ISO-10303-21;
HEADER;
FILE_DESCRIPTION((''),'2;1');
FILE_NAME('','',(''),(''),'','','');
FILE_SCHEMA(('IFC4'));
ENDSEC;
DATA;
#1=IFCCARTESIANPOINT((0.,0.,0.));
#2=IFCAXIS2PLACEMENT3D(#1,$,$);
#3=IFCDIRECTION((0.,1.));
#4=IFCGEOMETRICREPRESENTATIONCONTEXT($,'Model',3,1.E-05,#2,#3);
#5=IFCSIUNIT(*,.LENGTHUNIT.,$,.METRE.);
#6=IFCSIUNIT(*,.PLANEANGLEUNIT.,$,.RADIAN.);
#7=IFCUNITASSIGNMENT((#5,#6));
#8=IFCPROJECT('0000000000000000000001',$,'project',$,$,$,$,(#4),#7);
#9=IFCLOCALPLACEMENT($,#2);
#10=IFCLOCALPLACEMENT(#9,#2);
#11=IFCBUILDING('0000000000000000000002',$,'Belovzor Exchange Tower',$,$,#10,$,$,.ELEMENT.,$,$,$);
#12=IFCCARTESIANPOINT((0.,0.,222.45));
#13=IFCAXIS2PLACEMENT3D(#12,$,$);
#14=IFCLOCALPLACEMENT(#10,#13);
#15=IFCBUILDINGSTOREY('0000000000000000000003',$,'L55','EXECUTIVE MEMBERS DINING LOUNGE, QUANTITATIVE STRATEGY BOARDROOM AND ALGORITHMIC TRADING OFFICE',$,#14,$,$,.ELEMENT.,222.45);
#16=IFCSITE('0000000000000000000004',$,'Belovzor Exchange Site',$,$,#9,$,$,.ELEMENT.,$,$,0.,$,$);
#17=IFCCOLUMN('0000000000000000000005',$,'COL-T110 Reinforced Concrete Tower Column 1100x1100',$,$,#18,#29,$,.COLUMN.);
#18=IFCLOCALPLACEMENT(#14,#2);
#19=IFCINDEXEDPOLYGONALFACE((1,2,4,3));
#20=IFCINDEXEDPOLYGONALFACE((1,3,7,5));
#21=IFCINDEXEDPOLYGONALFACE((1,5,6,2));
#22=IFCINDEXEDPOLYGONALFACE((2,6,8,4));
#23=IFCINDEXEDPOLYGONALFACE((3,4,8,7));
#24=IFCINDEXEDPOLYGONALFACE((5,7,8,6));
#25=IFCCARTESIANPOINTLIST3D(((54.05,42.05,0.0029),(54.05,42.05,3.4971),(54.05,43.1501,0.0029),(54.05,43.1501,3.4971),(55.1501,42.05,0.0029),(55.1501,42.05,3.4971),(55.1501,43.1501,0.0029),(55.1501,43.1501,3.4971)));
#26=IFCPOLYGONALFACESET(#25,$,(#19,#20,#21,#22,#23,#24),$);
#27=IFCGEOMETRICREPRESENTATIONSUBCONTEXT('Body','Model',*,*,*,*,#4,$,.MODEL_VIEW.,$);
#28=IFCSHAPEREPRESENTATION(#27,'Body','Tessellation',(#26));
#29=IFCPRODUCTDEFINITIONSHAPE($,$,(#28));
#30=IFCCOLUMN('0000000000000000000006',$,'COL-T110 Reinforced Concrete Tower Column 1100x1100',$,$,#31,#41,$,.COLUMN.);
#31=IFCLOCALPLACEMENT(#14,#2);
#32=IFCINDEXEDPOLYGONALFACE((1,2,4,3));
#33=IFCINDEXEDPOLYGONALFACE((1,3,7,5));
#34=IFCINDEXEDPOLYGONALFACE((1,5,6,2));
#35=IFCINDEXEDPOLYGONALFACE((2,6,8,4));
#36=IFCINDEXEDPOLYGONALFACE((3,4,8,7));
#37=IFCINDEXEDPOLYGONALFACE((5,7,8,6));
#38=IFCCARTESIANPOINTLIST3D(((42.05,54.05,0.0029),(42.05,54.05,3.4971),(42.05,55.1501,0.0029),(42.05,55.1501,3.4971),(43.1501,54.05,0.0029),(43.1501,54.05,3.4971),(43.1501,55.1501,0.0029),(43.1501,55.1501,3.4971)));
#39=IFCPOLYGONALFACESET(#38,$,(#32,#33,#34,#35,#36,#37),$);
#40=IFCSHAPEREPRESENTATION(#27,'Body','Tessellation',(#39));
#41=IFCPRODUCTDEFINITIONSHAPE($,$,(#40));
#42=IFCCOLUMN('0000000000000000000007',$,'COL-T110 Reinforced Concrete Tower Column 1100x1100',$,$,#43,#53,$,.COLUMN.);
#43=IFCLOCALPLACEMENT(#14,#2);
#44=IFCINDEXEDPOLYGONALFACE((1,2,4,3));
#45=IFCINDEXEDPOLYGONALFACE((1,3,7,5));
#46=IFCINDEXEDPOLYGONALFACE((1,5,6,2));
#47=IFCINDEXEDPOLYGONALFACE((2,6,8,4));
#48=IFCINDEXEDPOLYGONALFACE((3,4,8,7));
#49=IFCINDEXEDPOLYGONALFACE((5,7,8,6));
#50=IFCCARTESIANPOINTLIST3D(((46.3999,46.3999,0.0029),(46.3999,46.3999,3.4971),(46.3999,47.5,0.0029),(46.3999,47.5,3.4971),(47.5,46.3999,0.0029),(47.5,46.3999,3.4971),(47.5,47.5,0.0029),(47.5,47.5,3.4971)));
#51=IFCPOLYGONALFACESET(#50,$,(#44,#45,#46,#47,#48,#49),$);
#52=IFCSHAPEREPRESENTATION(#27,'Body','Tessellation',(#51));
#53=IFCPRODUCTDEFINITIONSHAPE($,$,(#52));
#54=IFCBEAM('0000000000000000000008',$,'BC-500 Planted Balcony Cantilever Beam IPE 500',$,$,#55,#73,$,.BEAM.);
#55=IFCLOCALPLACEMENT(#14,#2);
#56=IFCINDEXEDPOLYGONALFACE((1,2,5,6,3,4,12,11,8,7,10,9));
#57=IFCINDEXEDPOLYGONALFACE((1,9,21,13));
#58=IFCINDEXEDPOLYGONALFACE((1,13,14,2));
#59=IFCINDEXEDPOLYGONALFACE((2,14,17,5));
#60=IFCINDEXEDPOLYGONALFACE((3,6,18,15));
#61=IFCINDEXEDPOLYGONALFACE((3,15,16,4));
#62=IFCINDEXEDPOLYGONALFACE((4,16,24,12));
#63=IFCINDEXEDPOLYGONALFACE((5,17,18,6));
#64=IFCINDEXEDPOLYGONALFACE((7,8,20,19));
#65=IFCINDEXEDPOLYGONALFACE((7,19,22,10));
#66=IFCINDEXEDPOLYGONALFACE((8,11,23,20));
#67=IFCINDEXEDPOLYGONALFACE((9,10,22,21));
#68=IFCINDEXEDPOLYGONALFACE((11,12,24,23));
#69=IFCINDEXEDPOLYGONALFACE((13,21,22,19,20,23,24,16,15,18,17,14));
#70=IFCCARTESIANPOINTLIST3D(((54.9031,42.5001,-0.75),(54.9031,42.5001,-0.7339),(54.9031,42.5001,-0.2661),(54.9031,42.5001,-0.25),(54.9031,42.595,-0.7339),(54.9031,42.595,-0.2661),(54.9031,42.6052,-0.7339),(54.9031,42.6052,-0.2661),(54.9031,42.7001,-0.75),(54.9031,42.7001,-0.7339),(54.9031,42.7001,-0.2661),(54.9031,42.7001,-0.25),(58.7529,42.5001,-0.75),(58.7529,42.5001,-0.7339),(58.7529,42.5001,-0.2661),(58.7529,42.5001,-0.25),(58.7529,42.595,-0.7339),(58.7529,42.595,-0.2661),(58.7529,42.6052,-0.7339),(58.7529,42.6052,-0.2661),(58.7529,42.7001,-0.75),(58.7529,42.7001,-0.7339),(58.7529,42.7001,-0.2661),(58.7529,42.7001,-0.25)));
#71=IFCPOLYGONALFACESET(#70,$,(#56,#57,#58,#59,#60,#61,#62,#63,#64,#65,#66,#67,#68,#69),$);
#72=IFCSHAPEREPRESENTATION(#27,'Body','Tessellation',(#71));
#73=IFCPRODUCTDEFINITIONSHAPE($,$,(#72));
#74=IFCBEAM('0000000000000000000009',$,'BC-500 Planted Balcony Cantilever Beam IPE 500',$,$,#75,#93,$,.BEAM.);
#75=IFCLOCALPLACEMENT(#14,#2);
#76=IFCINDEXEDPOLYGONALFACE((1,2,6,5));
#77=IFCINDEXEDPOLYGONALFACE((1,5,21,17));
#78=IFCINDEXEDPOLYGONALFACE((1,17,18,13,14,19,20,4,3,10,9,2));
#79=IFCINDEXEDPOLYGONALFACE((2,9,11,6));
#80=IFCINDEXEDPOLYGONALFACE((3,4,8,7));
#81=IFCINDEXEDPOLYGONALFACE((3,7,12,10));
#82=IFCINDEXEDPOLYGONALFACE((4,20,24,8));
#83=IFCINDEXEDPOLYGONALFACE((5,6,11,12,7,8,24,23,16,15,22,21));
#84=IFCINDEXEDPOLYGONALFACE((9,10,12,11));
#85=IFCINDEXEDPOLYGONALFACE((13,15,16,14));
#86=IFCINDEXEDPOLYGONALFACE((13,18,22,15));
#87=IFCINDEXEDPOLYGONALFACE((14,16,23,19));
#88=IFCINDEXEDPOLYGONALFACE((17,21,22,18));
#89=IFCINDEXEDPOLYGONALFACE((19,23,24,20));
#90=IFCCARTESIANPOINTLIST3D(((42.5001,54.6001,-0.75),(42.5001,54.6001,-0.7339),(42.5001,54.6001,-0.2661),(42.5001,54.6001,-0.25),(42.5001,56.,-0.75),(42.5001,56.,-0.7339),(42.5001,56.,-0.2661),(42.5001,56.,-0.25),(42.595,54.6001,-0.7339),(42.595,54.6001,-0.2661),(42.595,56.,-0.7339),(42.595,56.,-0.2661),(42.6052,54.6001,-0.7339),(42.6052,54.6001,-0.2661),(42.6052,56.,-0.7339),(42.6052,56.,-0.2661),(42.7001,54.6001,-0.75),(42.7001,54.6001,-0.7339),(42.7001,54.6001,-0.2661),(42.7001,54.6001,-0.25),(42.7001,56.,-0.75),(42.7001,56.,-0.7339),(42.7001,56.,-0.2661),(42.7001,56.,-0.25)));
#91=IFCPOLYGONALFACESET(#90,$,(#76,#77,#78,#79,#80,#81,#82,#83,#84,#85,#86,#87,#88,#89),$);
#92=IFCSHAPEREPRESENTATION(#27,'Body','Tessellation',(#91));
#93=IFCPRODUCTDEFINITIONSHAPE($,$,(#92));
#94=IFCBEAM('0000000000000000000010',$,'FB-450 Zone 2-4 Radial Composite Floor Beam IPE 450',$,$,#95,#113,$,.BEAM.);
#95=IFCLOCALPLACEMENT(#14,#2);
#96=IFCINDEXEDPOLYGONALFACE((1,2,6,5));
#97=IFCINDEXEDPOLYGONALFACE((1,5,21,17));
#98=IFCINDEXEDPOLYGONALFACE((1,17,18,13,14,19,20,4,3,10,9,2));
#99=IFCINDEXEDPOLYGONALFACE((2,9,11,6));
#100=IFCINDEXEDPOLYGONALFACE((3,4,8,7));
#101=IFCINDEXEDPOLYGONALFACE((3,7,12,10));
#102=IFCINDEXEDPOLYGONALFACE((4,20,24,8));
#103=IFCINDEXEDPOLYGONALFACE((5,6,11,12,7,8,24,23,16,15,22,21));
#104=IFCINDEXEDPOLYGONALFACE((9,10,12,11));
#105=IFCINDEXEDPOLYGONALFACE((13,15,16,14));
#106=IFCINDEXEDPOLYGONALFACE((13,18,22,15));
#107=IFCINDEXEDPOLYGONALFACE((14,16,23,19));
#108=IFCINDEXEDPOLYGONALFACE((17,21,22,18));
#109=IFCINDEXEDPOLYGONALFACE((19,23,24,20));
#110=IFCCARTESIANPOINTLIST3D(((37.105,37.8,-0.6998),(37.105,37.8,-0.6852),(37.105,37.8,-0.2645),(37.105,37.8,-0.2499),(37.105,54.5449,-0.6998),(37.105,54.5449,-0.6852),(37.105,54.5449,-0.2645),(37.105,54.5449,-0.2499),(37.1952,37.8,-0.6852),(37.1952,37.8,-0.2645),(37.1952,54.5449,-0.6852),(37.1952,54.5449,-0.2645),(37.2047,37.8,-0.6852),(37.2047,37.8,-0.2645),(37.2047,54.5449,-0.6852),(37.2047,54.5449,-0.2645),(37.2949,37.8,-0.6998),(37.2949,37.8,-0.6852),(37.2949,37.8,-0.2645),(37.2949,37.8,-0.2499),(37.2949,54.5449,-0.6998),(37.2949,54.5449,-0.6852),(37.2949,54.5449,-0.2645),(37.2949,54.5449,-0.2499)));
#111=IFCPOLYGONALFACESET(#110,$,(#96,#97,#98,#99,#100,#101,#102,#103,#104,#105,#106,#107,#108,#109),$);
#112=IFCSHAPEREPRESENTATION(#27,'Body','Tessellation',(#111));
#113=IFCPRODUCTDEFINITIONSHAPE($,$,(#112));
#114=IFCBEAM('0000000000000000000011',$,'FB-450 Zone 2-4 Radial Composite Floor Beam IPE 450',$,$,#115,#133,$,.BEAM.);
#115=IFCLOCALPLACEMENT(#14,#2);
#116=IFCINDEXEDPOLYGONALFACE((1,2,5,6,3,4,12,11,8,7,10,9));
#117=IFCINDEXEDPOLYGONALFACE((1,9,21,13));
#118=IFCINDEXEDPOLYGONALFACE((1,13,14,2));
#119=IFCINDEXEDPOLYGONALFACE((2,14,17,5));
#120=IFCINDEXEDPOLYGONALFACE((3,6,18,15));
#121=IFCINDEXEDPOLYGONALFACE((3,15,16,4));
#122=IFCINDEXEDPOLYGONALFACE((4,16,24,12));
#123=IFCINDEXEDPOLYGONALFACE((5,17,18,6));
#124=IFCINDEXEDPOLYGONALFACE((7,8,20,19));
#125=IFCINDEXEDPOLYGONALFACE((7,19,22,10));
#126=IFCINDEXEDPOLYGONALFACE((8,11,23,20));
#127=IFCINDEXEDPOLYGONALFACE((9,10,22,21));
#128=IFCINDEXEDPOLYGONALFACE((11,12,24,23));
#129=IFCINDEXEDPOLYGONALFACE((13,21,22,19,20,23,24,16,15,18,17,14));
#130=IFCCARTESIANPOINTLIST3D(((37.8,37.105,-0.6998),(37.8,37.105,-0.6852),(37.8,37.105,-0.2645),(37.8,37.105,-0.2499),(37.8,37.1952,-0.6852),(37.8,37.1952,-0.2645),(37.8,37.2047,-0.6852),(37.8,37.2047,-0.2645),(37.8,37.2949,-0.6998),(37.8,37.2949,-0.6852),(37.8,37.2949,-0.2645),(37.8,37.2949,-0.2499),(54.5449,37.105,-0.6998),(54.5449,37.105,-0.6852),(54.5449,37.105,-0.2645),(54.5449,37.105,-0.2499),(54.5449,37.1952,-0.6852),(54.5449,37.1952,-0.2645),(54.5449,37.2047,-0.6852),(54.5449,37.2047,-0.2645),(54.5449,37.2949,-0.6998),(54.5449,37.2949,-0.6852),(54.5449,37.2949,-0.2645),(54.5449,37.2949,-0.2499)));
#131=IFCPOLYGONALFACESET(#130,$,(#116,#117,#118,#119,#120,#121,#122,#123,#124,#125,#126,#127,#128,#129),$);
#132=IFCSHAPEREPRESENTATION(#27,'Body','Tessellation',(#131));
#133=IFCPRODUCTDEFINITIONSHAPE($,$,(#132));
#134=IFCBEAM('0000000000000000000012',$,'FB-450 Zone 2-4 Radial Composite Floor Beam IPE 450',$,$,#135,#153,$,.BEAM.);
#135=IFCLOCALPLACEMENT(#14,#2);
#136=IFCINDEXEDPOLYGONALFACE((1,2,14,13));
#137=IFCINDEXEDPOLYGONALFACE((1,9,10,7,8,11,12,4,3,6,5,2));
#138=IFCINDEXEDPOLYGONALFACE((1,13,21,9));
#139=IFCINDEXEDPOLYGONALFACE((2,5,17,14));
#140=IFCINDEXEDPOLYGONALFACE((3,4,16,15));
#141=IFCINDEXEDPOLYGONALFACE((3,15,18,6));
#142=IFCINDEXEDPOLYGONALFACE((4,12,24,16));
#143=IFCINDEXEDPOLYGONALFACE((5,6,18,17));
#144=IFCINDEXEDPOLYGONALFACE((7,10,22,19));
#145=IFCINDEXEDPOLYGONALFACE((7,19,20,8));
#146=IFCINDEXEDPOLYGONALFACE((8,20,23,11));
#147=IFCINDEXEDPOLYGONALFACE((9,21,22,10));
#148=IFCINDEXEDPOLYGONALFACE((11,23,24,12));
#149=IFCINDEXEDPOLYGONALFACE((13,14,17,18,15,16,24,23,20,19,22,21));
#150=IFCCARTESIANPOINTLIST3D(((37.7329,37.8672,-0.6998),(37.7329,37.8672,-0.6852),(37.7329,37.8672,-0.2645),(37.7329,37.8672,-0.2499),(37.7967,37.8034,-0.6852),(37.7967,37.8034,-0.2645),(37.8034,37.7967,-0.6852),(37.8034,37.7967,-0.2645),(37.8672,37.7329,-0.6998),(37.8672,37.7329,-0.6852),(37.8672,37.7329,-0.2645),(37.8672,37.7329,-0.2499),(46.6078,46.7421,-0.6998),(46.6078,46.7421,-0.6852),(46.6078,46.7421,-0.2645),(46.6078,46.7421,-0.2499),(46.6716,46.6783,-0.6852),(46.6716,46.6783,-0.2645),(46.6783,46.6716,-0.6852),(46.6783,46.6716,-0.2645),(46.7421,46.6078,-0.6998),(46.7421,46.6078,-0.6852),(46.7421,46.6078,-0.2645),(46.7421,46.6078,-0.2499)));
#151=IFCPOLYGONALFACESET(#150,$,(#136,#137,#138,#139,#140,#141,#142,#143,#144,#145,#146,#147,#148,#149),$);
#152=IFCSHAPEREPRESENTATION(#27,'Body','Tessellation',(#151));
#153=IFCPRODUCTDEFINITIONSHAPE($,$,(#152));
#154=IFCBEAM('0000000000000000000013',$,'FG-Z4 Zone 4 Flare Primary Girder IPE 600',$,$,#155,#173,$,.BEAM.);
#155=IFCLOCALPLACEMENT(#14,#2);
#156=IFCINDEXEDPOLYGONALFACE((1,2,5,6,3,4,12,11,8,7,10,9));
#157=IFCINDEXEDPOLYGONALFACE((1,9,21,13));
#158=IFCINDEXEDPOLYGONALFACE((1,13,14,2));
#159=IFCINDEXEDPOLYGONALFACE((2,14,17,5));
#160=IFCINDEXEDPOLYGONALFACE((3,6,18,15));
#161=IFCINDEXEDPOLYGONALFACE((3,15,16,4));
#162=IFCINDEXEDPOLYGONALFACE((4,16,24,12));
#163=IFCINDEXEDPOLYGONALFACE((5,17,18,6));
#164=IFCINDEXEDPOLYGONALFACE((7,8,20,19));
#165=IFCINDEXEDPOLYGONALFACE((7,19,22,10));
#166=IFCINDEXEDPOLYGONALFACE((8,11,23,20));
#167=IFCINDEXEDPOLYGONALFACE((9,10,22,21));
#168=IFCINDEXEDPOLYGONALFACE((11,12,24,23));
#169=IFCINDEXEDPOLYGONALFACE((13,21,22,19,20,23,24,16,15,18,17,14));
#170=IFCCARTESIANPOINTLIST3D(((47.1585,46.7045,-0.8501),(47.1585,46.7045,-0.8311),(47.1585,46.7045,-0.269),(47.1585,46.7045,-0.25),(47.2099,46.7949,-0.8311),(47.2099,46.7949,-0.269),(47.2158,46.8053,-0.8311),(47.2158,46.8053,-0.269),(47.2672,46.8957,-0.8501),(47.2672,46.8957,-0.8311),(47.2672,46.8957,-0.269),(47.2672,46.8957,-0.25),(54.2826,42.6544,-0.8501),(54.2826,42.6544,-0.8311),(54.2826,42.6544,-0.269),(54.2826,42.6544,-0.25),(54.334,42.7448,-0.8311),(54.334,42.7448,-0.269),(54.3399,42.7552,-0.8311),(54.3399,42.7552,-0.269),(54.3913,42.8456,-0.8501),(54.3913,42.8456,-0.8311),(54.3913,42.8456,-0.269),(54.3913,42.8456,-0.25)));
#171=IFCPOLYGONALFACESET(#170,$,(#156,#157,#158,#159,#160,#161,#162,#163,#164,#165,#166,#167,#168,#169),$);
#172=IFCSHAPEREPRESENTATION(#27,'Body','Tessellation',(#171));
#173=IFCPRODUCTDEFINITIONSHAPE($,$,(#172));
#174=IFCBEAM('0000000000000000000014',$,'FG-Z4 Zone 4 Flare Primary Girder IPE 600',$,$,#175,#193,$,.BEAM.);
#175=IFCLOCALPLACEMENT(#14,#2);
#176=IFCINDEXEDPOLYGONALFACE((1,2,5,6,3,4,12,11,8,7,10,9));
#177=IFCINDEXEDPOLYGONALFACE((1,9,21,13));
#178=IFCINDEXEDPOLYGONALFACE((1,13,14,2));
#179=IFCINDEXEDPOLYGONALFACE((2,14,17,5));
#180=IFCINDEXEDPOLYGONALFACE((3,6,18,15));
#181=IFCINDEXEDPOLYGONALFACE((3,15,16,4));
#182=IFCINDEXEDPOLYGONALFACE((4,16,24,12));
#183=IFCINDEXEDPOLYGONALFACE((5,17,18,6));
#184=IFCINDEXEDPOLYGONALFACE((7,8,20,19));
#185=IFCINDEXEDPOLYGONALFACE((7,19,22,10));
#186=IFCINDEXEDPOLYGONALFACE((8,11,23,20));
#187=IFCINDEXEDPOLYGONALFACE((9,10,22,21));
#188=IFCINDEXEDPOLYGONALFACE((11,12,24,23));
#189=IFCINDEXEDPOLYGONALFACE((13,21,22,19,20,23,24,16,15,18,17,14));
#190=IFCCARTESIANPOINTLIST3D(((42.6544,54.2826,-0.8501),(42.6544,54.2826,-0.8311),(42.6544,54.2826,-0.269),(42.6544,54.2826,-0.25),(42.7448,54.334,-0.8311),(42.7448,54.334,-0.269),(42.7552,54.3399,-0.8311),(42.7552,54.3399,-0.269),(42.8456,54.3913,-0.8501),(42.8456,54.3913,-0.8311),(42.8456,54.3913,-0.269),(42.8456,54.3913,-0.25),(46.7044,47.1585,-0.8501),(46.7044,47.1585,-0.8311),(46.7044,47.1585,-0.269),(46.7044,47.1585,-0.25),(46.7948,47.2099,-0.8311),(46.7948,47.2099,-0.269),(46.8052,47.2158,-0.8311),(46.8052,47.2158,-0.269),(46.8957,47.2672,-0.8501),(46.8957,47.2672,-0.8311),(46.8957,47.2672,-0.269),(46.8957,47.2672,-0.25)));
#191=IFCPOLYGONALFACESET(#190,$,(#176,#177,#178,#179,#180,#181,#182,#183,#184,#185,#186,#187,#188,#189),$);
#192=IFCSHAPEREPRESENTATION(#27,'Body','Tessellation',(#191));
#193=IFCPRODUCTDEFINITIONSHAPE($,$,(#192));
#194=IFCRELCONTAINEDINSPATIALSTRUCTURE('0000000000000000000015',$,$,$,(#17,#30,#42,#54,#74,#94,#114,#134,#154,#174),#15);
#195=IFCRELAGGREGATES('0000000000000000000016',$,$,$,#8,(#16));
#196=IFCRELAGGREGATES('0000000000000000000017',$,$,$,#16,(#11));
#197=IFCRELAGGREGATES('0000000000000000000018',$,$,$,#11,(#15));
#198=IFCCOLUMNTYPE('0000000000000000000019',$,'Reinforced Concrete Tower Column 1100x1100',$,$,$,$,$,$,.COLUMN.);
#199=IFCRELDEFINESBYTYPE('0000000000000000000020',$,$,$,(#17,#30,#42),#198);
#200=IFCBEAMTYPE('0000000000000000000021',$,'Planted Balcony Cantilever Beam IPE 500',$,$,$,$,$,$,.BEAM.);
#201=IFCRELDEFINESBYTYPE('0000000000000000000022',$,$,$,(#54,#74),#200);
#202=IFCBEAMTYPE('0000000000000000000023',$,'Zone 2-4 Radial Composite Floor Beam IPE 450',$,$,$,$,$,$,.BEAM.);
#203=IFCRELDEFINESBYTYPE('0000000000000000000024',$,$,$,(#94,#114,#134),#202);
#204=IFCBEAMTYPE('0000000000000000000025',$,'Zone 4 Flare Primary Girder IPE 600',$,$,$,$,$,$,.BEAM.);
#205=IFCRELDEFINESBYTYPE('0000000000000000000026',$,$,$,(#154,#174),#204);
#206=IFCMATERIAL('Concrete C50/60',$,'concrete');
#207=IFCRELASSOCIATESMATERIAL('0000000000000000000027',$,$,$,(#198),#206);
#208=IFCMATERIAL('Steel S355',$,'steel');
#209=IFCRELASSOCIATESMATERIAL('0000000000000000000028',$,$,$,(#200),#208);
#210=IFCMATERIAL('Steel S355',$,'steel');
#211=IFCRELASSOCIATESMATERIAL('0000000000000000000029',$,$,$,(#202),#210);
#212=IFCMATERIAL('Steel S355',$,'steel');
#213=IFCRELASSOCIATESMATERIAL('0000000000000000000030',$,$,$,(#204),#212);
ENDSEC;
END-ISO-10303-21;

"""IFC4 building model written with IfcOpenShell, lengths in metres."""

from ifc_helpers import new_model, si_unit, direction, frame, origin, origin_2d, place, context, subcontext, project, spatial, rectangle, i_section, extrude, material, material_profile, profile_set, type_object, element, save


model = new_model("IFC4")

# Units and contexts
model_context = context("Model", 3, precision=1e-05, world=origin(), true_north=direction((0.0, 1.0)))
body_context = subcontext(model_context, "Body", "Model", "MODEL_VIEW")
ifc_project = project(units=[si_unit("LENGTHUNIT", "METRE"), si_unit("PLANEANGLEUNIT", "RADIAN")], contexts=[model_context])

# Site, building, storey
site_placement = place(None, origin())
site = spatial("IfcSite", under=ifc_project, at=site_placement, Name="Belovzor Exchange Site", CompositionType="ELEMENT", RefElevation=0.0)
building_placement = place(site_placement, origin())
building = spatial("IfcBuilding", under=site, at=building_placement, Name="Belovzor Exchange Tower", CompositionType="ELEMENT")
storey_placement = place(building_placement, frame((0.0, 0.0, 222.45)))
storey = spatial("IfcBuildingStorey", under=building, at=storey_placement, Name="L55", Description="EXECUTIVE MEMBERS DINING LOUNGE, QUANTITATIVE STRATEGY BOARDROOM AND ALGORITHMIC TRADING OFFICE", CompositionType="ELEMENT", Elevation=222.45)

# Columns
ifc_material_1 = material(Name="Concrete C50/60", Category="concrete")
ifc_material_profile_1 = material_profile(ifc_material_1, rectangle(XDim=1.1001, YDim=1.1001, at=origin_2d()))
ifc_profile_set_1 = profile_set([ifc_material_profile_1], Name="Concrete C50/60")
column_type = type_object("IfcColumnType", Name="Reinforced Concrete Tower Column 1100x1100", PredefinedType="COLUMN", material=ifc_profile_set_1)
for number, where, z_axis, x_axis, name in (
    (1, (54.6001, 42.6001, 0.0029), (0.0, 0.0, 1.0), (1.0, 0.0, 0.0), "COL-T110 Reinforced Concrete Tower Column 1100x1100"),
    (2, (42.6001, 54.6001, 0.0029), (0.0, 0.0, 1.0), (1.0, 0.0, 0.0), "COL-T110 Reinforced Concrete Tower Column 1100x1100"),
    (3, (46.95, 46.95, 0.0029), (0.0, 0.0, 1.0), (1.0, 0.0, 0.0), "COL-T110 Reinforced Concrete Tower Column 1100x1100"),
):
    element("IfcColumn", number, at=place(storey_placement, frame(where, z_axis=z_axis, x_axis=x_axis)), inside=storey, type_object=column_type, Name=name, PredefinedType="COLUMN", context=body_context, shape_type="SweptSolid", body=[
        extrude(rectangle(XDim=1.1001, YDim=1.1001, at=origin_2d()), origin(), (0.0, 0.0, 1.0), 3.4941),
    ])

# Beams
ifc_material_2 = material(Name="Steel S355", Category="steel")
ifc_material_profile_2 = material_profile(ifc_material_2, i_section(OverallWidth=0.2, OverallDepth=0.5, WebThickness=0.0103, FlangeThickness=0.0161, at=origin_2d()))
ifc_profile_set_2 = profile_set([ifc_material_profile_2], Name="Steel S355")
beam_type_1 = type_object("IfcBeamType", Name="Planted Balcony Cantilever Beam IPE 500", PredefinedType="BEAM", material=ifc_profile_set_2)
beam_1_placement = place(storey_placement, frame((54.9031, 42.6001, -0.5), z_axis=(1.0, 0.0, 0.0), x_axis=(0.0, 1.0, 0.0)))
element("IfcBeam", 4, at=beam_1_placement, inside=storey, type_object=beam_type_1, Name="BC-500 Planted Balcony Cantilever Beam IPE 500", PredefinedType="BEAM", context=body_context, shape_type="SweptSolid", body=[
    extrude(i_section(OverallWidth=0.2, OverallDepth=0.5, WebThickness=0.0103, FlangeThickness=0.0161, at=origin_2d()), origin(), (0.0, 0.0, 1.0), 3.8499),
])
beam_2_placement = place(storey_placement, frame((42.6001, 54.6001, -0.5), z_axis=(0.0, 1.0, 0.0), x_axis=(-1.0, 0.0, 0.0)))
element("IfcBeam", 5, at=beam_2_placement, inside=storey, type_object=beam_type_1, Name="BC-500 Planted Balcony Cantilever Beam IPE 500", PredefinedType="BEAM", context=body_context, shape_type="SweptSolid", body=[
    extrude(i_section(OverallWidth=0.2, OverallDepth=0.5, WebThickness=0.0103, FlangeThickness=0.0161, at=origin_2d()), origin(), (0.0, 0.0, 1.0), 1.3999),
])
ifc_material_3 = material(Name="Steel S355", Category="steel")
ifc_material_profile_3 = material_profile(ifc_material_3, i_section(OverallWidth=0.1899, OverallDepth=0.45, WebThickness=0.0095, FlangeThickness=0.0146, at=origin_2d()))
ifc_profile_set_3 = profile_set([ifc_material_profile_3], Name="Steel S355")
beam_type_2 = type_object("IfcBeamType", Name="Zone 2-4 Radial Composite Floor Beam IPE 450", PredefinedType="BEAM", material=ifc_profile_set_3)
for number, where, z_axis, x_axis, name in (
    (6, (37.2, 37.8, -0.4749), (0.0, 1.0, 0.0), (-1.0, 0.0, 0.0), "FB-450 Zone 2-4 Radial Composite Floor Beam IPE 450"),
    (7, (37.8, 37.2, -0.4749), (1.0, 0.0, 0.0), (0.0, 1.0, 0.0), "FB-450 Zone 2-4 Radial Composite Floor Beam IPE 450"),
):
    element("IfcBeam", number, at=place(storey_placement, frame(where, z_axis=z_axis, x_axis=x_axis)), inside=storey, type_object=beam_type_2, Name=name, PredefinedType="BEAM", context=body_context, shape_type="SweptSolid", body=[
        extrude(i_section(OverallWidth=0.1899, OverallDepth=0.45, WebThickness=0.0095, FlangeThickness=0.0146, at=origin_2d()), origin(), (0.0, 0.0, 1.0), 16.7449),
    ])
beam_3_placement = place(storey_placement, frame((37.8, 37.8, -0.4749), z_axis=(0.707107, 0.707107, 0.0), x_axis=(-0.707107, 0.707107, 0.0)))
element("IfcBeam", 8, at=beam_3_placement, inside=storey, type_object=beam_type_2, Name="FB-450 Zone 2-4 Radial Composite Floor Beam IPE 450", PredefinedType="BEAM", context=body_context, shape_type="SweptSolid", body=[
    extrude(i_section(OverallWidth=0.1899, OverallDepth=0.45, WebThickness=0.0095, FlangeThickness=0.0146, at=origin_2d()), origin(), (0.0, 0.0, 1.0), 12.551),
])
ifc_material_4 = material(Name="Steel S355", Category="steel")
ifc_material_profile_4 = material_profile(ifc_material_4, i_section(OverallWidth=0.22, OverallDepth=0.6001, WebThickness=0.012, FlangeThickness=0.019, at=origin_2d()))
ifc_profile_set_4 = profile_set([ifc_material_profile_4], Name="Steel S355")
beam_type_3 = type_object("IfcBeamType", Name="Zone 4 Flare Primary Girder IPE 600", PredefinedType="BEAM", material=ifc_profile_set_4)
for number, where, z_axis, x_axis, name in (
    (9, (54.3369, 42.75, -0.55), (-0.869336, 0.494222, 0.0), (-0.494222, -0.869336, 0.0), "FG-Z4 Zone 4 Flare Primary Girder IPE 600"),
    (10, (46.8, 47.2129, -0.55), (-0.494222, 0.869336, 0.0), (-0.869336, -0.494222, 0.0), "FG-Z4 Zone 4 Flare Primary Girder IPE 600"),
):
    element("IfcBeam", number, at=place(storey_placement, frame(where, z_axis=z_axis, x_axis=x_axis)), inside=storey, type_object=beam_type_3, Name=name, PredefinedType="BEAM", context=body_context, shape_type="SweptSolid", body=[
        extrude(i_section(OverallWidth=0.22, OverallDepth=0.6001, WebThickness=0.012, FlangeThickness=0.019, at=origin_2d()), origin(), (0.0, 0.0, 1.0), 8.1948),
    ])

save(model, "model.ifc")
